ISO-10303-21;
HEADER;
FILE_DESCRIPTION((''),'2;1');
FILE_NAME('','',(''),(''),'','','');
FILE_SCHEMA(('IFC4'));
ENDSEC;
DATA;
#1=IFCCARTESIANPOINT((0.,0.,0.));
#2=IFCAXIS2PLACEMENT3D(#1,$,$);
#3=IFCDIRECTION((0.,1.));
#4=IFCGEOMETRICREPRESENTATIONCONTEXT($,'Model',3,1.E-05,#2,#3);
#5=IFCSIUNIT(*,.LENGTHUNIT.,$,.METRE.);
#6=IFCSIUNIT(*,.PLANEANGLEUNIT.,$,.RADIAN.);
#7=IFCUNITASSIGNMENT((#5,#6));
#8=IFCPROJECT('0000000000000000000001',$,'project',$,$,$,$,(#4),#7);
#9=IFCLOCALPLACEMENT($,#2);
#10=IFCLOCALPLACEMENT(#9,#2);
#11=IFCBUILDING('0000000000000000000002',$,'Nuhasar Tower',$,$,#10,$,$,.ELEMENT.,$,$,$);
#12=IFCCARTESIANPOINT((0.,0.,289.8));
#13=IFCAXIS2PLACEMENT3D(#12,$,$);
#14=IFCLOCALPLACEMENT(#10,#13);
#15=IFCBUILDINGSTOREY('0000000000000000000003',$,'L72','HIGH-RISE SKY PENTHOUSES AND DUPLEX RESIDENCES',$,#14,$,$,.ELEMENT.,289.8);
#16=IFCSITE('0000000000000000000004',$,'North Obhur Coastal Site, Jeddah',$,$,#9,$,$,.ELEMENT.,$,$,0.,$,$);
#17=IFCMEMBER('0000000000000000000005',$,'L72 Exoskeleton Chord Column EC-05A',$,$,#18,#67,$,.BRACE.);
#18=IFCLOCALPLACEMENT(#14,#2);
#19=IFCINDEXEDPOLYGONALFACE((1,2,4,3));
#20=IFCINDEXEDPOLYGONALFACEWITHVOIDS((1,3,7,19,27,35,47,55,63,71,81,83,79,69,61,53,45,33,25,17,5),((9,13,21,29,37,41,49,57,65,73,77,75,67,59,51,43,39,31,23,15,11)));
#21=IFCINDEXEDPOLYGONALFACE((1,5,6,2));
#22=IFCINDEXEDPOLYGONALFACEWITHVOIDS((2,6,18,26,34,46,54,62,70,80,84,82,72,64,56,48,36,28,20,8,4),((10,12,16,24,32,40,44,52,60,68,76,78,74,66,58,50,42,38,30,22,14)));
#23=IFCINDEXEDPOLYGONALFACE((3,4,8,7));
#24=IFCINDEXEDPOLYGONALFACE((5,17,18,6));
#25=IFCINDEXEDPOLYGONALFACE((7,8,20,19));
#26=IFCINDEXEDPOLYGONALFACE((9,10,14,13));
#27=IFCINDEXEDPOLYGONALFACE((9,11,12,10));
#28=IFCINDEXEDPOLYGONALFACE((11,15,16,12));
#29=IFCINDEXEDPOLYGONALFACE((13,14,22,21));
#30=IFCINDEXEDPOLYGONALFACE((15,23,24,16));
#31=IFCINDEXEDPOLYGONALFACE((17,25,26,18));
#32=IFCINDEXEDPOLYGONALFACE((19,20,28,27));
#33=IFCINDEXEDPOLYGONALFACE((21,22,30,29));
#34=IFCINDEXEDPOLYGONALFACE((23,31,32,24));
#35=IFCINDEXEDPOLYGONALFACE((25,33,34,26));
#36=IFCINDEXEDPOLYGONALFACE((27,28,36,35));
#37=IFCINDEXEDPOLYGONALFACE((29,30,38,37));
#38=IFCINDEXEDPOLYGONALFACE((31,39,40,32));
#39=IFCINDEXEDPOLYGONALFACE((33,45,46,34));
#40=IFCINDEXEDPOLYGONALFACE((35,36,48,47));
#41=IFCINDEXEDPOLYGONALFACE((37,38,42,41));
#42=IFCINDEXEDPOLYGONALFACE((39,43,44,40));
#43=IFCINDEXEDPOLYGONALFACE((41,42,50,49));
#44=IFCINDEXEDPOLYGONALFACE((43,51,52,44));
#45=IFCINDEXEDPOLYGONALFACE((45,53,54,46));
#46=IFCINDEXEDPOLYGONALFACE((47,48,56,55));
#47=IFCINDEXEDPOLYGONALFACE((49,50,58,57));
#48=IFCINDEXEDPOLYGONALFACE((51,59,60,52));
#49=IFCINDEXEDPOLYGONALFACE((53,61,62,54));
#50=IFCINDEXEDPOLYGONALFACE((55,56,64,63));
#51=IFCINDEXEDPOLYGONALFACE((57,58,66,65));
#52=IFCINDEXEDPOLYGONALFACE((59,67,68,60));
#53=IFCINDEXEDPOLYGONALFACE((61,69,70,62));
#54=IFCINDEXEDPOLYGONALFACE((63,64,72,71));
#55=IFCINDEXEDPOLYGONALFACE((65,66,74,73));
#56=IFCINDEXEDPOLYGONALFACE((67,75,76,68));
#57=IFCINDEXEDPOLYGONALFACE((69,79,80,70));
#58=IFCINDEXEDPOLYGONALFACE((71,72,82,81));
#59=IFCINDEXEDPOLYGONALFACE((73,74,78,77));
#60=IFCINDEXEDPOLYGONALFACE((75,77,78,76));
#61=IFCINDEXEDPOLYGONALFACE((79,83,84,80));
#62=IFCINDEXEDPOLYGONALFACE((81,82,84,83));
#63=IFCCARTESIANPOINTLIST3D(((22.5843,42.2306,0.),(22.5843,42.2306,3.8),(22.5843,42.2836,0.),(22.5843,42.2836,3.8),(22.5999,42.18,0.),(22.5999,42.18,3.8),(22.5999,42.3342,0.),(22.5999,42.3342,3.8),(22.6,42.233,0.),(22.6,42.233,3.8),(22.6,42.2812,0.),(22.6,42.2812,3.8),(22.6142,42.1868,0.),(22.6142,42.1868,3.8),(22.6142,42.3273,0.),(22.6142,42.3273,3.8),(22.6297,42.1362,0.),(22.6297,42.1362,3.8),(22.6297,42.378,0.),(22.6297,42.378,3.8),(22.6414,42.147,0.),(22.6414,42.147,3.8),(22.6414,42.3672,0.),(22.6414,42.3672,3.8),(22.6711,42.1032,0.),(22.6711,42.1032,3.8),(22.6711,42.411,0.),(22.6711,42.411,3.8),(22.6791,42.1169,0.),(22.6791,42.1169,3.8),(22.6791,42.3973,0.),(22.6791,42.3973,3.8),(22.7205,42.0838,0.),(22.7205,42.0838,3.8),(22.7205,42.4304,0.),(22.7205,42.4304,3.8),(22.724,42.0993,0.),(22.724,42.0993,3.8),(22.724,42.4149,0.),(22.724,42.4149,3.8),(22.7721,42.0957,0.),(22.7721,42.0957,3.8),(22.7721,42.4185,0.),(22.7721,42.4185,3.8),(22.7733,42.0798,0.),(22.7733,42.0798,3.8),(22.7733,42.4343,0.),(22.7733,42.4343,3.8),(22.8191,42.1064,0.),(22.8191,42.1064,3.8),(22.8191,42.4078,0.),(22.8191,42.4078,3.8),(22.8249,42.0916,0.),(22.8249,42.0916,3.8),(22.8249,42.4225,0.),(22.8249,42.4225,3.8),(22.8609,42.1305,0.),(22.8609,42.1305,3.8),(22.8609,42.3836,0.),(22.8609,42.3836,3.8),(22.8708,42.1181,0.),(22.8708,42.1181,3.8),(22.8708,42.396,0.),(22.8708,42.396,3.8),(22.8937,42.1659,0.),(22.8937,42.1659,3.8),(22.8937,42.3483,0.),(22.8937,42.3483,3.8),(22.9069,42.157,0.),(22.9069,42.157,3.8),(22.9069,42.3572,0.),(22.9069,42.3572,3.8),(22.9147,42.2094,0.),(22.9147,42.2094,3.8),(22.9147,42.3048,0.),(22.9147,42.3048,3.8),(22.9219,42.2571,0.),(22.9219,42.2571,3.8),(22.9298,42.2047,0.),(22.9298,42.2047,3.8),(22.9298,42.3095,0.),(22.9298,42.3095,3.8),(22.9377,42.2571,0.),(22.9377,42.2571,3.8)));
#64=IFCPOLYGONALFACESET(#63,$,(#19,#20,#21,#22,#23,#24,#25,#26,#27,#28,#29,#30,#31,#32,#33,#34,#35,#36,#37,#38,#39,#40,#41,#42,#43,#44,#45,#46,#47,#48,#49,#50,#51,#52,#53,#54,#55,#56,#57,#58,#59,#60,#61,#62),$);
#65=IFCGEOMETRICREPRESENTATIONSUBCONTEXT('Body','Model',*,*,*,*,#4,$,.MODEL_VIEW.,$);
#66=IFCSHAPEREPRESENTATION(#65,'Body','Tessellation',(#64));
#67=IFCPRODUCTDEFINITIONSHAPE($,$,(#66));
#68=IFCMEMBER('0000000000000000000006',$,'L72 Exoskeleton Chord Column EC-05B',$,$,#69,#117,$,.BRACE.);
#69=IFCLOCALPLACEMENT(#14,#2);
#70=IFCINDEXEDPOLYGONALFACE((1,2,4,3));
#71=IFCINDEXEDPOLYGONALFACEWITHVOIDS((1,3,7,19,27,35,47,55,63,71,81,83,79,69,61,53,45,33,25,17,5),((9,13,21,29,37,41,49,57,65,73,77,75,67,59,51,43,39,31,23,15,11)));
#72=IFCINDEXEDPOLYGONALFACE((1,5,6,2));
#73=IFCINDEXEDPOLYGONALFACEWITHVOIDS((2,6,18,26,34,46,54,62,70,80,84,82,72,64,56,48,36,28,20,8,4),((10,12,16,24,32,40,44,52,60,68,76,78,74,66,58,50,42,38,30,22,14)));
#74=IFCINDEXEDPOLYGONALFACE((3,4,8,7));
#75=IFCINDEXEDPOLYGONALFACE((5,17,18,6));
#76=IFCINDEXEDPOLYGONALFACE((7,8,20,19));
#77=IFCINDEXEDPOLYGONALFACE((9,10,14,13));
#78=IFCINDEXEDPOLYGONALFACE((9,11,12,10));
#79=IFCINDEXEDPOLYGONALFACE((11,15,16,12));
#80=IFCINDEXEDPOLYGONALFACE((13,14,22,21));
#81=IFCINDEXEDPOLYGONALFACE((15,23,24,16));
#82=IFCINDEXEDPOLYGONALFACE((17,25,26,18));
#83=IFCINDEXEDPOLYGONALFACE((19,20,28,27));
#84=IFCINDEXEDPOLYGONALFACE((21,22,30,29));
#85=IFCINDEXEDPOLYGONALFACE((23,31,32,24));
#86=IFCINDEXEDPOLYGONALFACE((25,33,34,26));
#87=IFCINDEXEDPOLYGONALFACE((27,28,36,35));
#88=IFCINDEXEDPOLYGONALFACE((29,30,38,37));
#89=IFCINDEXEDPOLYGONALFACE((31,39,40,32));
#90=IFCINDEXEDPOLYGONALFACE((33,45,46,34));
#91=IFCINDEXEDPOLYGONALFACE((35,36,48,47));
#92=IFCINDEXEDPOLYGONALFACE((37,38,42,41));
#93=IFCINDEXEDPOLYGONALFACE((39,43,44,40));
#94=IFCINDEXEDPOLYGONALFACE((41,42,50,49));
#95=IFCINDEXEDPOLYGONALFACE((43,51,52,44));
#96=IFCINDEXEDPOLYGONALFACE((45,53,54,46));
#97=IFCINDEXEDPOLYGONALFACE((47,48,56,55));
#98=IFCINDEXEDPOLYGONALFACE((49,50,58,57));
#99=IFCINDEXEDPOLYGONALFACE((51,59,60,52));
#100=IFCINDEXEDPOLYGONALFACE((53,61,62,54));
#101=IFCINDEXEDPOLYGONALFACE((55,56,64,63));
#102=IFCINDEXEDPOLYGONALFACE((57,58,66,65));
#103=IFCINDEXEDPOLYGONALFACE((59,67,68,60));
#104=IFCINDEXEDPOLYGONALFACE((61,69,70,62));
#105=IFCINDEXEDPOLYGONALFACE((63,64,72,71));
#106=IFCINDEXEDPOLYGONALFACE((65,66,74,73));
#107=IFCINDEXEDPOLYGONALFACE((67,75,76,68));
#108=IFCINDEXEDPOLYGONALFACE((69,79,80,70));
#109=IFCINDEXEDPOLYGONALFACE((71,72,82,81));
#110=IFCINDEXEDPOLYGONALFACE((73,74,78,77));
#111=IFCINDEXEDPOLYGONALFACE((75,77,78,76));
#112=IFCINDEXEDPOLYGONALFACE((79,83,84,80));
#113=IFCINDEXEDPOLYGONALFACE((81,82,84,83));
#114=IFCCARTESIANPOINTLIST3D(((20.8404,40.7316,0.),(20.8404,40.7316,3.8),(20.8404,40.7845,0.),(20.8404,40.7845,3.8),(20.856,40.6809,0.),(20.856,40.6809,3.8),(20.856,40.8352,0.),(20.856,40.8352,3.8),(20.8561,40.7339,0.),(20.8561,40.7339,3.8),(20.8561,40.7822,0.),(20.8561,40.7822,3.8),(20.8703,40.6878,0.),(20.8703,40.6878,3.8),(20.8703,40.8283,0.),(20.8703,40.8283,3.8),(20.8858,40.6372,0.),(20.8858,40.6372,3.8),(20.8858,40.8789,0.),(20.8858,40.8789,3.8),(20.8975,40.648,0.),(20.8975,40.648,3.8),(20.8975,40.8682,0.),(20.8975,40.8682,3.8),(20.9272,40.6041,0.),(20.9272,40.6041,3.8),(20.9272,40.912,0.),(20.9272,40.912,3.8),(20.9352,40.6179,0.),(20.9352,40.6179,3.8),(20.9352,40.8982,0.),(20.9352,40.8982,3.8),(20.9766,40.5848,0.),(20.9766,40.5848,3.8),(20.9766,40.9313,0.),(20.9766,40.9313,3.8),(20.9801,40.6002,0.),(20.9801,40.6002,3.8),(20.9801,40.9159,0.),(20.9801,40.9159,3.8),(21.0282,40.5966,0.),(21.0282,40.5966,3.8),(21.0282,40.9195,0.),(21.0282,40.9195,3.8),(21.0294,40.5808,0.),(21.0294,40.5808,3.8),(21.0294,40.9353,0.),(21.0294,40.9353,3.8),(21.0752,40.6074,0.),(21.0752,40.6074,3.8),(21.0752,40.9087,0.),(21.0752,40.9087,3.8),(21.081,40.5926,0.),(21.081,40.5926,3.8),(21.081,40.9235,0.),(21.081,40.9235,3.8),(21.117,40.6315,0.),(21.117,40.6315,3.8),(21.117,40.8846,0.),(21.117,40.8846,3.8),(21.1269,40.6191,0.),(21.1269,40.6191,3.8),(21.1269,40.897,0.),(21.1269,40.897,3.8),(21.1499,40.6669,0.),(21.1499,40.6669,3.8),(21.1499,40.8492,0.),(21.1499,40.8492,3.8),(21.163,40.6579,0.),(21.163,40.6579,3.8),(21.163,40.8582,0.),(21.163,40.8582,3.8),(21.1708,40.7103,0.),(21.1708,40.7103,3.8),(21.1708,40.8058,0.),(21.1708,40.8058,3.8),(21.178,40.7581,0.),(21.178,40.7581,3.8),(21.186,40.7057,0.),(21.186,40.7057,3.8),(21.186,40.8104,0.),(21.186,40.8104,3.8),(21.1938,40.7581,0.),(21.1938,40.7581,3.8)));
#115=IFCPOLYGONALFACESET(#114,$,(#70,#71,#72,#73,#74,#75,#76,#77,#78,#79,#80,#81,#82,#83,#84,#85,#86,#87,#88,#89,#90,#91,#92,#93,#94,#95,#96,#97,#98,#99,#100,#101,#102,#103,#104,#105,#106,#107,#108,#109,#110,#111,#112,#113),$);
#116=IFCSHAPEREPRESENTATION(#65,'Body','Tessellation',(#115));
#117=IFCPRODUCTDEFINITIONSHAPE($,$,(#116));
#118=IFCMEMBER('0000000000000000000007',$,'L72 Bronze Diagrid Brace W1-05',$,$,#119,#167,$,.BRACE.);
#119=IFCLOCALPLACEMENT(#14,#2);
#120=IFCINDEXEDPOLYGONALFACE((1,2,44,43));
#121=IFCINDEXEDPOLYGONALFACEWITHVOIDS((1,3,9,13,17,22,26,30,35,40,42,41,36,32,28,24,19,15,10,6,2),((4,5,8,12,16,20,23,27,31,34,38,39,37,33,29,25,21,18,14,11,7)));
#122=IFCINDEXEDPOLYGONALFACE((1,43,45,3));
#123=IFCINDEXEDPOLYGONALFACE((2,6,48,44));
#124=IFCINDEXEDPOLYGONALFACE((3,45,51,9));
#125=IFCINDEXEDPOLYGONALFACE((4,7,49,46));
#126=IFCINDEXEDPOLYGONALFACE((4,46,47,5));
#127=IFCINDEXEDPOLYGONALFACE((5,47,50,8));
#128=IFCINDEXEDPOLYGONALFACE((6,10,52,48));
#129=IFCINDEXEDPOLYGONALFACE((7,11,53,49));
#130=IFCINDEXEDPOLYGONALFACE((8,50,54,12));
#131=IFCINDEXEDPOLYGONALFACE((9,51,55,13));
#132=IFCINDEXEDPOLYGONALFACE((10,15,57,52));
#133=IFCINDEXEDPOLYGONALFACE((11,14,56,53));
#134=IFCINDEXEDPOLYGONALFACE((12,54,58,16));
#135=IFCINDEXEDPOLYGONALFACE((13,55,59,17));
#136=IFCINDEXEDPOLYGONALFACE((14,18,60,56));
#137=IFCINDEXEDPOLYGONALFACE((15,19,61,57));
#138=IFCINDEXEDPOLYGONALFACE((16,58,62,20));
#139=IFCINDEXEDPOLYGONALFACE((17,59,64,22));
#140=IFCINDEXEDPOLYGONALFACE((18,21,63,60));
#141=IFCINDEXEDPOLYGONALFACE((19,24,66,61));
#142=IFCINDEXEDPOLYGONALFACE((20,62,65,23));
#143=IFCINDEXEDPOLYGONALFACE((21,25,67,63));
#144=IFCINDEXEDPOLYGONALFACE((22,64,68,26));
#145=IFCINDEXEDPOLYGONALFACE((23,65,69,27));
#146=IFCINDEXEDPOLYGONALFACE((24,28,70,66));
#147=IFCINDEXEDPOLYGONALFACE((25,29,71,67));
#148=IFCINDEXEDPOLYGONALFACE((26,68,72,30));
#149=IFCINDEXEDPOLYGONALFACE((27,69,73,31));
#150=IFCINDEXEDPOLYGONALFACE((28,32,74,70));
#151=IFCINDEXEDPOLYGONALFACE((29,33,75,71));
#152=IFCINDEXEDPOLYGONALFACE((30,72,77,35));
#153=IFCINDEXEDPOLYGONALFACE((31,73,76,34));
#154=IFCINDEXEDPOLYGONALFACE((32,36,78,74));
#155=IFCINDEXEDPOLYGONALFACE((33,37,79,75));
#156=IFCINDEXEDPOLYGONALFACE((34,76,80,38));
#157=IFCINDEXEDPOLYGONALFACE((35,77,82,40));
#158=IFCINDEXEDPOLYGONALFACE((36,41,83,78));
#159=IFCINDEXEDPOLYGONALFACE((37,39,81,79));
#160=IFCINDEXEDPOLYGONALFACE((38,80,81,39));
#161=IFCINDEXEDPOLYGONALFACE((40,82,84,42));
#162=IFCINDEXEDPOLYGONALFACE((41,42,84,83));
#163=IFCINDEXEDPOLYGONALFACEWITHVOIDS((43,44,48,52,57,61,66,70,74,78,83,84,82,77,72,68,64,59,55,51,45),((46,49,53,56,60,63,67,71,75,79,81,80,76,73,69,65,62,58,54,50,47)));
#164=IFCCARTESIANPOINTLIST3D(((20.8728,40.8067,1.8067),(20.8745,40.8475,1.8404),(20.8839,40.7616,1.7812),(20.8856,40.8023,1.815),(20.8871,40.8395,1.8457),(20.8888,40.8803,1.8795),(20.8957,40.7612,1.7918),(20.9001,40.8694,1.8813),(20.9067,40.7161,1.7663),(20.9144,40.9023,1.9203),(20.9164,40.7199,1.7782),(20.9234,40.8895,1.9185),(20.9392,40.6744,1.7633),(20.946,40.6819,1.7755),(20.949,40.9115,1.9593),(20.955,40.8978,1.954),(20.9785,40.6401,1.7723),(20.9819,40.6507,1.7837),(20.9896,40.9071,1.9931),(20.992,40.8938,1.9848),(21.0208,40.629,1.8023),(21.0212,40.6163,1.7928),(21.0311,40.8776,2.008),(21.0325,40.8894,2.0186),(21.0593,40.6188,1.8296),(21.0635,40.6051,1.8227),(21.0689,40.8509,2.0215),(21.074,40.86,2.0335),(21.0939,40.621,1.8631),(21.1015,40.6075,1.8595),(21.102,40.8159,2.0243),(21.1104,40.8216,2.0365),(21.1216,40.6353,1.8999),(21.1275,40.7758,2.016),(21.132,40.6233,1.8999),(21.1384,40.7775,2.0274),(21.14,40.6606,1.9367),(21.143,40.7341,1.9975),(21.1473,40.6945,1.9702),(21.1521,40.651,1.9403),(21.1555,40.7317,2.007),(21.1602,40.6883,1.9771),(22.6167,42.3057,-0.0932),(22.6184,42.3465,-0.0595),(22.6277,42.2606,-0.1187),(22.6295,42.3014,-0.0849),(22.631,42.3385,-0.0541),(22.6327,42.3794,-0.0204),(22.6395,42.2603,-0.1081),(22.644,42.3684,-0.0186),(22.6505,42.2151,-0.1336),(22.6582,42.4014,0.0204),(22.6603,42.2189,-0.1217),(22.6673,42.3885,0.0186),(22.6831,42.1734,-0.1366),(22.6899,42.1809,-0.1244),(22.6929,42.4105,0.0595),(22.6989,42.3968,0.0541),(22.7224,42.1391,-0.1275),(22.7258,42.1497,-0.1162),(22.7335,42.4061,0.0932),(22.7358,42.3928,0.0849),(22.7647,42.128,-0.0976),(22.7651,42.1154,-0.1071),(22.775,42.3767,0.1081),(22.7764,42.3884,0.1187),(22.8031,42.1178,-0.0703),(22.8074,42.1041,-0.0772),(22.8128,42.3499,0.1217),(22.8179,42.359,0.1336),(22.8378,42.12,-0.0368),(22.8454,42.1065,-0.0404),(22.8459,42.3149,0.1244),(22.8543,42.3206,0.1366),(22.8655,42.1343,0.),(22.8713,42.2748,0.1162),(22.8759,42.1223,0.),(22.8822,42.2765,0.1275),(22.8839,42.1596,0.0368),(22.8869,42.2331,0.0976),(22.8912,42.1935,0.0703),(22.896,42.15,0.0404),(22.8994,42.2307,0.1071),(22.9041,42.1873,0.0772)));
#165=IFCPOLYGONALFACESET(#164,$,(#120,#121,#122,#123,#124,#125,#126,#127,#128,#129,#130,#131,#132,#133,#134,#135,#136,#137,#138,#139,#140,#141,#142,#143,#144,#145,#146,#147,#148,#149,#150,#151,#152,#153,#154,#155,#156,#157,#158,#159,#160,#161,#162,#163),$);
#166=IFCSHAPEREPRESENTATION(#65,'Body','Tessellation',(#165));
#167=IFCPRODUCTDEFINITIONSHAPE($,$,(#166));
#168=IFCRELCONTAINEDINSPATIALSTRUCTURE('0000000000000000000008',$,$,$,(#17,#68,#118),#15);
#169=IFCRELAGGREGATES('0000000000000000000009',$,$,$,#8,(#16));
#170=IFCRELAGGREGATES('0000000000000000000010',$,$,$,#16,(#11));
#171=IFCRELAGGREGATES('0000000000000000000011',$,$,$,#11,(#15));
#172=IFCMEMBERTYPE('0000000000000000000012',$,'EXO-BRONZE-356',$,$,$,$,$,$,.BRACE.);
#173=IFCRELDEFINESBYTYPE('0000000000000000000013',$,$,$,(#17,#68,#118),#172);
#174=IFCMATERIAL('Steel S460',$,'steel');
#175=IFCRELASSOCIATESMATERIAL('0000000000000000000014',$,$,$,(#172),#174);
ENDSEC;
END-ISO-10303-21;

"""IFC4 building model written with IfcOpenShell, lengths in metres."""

from ifc_helpers import new_model, si_unit, direction, frame, origin, origin_2d, place, context, subcontext, project, spatial, hollow_circle, extrude, material, material_profile, profile_set, type_object, element, save


model = new_model("IFC4")

# Units and contexts
model_context = context("Model", 3, precision=1e-05, world=origin(), true_north=direction((0.0, 1.0)))
body_context = subcontext(model_context, "Body", "Model", "MODEL_VIEW")
ifc_project = project(units=[si_unit("LENGTHUNIT", "METRE"), si_unit("PLANEANGLEUNIT", "RADIAN")], contexts=[model_context])

# Site, building, storey
site_placement = place(None, origin())
site = spatial("IfcSite", under=ifc_project, at=site_placement, Name="North Obhur Coastal Site, Jeddah", CompositionType="ELEMENT", RefElevation=0.0)
building_placement = place(site_placement, origin())
building = spatial("IfcBuilding", under=site, at=building_placement, Name="Nuhasar Tower", CompositionType="ELEMENT")
storey_placement = place(building_placement, frame((0.0, 0.0, 289.8)))
storey = spatial("IfcBuildingStorey", under=building, at=storey_placement, Name="L72", Description="HIGH-RISE SKY PENTHOUSES AND DUPLEX RESIDENCES", CompositionType="ELEMENT", Elevation=289.8)

# Members
ifc_material_1 = material(Name="Steel S460", Category="steel")
ifc_material_profile_1 = material_profile(ifc_material_1, hollow_circle(Radius=0.1777, WallThickness=0.0159, at=origin_2d()), Name="HSS355.6X15.9")
ifc_profile_set_1 = profile_set([ifc_material_profile_1], Name="Steel S460")
member_type_1 = type_object("IfcMemberType", Name="EXO-BRONZE-356", PredefinedType="BRACE", material=ifc_profile_set_1)
for number, where, z_axis, x_axis, name in (
    (1, (22.76, 42.2571, 0.0), (0.0, 0.0, 1.0), (1.0, 0.0, 0.0), "L72 Exoskeleton Chord Column EC-05A"),
    (2, (21.0161, 40.7581, 0.0), (0.0, 0.0, 1.0), (1.0, 0.0, 0.0), "L72 Exoskeleton Chord Column EC-05B"),
):
    element("IfcMember", number, at=place(storey_placement, frame(where, z_axis=z_axis, x_axis=x_axis)), inside=storey, type_object=member_type_1, Name=name, PredefinedType="BRACE", context=body_context, shape_type="SweptSolid", body=[
        extrude(hollow_circle(Radius=0.1777, WallThickness=0.0159, at=origin_2d()), origin(), (0.0, 0.0, 1.0), 3.8),
    ])
member_1_placement = place(storey_placement, frame((22.76, 42.2571, 0.0), z_axis=(-0.584625, -0.502534, 0.636925), x_axis=(0.651857, -0.758342, 0.0)))
element("IfcMember", 3, at=member_1_placement, inside=storey, type_object=member_type_1, Name="L72 Bronze Diagrid Brace W1-05", PredefinedType="BRACE", context=body_context, shape_type="SweptSolid", body=[
    extrude(hollow_circle(Radius=0.1777, WallThickness=0.0159, at=origin_2d()), origin(), (0.0, 0.0, 1.0), 2.9829),
])

save(model, "model.ifc")
